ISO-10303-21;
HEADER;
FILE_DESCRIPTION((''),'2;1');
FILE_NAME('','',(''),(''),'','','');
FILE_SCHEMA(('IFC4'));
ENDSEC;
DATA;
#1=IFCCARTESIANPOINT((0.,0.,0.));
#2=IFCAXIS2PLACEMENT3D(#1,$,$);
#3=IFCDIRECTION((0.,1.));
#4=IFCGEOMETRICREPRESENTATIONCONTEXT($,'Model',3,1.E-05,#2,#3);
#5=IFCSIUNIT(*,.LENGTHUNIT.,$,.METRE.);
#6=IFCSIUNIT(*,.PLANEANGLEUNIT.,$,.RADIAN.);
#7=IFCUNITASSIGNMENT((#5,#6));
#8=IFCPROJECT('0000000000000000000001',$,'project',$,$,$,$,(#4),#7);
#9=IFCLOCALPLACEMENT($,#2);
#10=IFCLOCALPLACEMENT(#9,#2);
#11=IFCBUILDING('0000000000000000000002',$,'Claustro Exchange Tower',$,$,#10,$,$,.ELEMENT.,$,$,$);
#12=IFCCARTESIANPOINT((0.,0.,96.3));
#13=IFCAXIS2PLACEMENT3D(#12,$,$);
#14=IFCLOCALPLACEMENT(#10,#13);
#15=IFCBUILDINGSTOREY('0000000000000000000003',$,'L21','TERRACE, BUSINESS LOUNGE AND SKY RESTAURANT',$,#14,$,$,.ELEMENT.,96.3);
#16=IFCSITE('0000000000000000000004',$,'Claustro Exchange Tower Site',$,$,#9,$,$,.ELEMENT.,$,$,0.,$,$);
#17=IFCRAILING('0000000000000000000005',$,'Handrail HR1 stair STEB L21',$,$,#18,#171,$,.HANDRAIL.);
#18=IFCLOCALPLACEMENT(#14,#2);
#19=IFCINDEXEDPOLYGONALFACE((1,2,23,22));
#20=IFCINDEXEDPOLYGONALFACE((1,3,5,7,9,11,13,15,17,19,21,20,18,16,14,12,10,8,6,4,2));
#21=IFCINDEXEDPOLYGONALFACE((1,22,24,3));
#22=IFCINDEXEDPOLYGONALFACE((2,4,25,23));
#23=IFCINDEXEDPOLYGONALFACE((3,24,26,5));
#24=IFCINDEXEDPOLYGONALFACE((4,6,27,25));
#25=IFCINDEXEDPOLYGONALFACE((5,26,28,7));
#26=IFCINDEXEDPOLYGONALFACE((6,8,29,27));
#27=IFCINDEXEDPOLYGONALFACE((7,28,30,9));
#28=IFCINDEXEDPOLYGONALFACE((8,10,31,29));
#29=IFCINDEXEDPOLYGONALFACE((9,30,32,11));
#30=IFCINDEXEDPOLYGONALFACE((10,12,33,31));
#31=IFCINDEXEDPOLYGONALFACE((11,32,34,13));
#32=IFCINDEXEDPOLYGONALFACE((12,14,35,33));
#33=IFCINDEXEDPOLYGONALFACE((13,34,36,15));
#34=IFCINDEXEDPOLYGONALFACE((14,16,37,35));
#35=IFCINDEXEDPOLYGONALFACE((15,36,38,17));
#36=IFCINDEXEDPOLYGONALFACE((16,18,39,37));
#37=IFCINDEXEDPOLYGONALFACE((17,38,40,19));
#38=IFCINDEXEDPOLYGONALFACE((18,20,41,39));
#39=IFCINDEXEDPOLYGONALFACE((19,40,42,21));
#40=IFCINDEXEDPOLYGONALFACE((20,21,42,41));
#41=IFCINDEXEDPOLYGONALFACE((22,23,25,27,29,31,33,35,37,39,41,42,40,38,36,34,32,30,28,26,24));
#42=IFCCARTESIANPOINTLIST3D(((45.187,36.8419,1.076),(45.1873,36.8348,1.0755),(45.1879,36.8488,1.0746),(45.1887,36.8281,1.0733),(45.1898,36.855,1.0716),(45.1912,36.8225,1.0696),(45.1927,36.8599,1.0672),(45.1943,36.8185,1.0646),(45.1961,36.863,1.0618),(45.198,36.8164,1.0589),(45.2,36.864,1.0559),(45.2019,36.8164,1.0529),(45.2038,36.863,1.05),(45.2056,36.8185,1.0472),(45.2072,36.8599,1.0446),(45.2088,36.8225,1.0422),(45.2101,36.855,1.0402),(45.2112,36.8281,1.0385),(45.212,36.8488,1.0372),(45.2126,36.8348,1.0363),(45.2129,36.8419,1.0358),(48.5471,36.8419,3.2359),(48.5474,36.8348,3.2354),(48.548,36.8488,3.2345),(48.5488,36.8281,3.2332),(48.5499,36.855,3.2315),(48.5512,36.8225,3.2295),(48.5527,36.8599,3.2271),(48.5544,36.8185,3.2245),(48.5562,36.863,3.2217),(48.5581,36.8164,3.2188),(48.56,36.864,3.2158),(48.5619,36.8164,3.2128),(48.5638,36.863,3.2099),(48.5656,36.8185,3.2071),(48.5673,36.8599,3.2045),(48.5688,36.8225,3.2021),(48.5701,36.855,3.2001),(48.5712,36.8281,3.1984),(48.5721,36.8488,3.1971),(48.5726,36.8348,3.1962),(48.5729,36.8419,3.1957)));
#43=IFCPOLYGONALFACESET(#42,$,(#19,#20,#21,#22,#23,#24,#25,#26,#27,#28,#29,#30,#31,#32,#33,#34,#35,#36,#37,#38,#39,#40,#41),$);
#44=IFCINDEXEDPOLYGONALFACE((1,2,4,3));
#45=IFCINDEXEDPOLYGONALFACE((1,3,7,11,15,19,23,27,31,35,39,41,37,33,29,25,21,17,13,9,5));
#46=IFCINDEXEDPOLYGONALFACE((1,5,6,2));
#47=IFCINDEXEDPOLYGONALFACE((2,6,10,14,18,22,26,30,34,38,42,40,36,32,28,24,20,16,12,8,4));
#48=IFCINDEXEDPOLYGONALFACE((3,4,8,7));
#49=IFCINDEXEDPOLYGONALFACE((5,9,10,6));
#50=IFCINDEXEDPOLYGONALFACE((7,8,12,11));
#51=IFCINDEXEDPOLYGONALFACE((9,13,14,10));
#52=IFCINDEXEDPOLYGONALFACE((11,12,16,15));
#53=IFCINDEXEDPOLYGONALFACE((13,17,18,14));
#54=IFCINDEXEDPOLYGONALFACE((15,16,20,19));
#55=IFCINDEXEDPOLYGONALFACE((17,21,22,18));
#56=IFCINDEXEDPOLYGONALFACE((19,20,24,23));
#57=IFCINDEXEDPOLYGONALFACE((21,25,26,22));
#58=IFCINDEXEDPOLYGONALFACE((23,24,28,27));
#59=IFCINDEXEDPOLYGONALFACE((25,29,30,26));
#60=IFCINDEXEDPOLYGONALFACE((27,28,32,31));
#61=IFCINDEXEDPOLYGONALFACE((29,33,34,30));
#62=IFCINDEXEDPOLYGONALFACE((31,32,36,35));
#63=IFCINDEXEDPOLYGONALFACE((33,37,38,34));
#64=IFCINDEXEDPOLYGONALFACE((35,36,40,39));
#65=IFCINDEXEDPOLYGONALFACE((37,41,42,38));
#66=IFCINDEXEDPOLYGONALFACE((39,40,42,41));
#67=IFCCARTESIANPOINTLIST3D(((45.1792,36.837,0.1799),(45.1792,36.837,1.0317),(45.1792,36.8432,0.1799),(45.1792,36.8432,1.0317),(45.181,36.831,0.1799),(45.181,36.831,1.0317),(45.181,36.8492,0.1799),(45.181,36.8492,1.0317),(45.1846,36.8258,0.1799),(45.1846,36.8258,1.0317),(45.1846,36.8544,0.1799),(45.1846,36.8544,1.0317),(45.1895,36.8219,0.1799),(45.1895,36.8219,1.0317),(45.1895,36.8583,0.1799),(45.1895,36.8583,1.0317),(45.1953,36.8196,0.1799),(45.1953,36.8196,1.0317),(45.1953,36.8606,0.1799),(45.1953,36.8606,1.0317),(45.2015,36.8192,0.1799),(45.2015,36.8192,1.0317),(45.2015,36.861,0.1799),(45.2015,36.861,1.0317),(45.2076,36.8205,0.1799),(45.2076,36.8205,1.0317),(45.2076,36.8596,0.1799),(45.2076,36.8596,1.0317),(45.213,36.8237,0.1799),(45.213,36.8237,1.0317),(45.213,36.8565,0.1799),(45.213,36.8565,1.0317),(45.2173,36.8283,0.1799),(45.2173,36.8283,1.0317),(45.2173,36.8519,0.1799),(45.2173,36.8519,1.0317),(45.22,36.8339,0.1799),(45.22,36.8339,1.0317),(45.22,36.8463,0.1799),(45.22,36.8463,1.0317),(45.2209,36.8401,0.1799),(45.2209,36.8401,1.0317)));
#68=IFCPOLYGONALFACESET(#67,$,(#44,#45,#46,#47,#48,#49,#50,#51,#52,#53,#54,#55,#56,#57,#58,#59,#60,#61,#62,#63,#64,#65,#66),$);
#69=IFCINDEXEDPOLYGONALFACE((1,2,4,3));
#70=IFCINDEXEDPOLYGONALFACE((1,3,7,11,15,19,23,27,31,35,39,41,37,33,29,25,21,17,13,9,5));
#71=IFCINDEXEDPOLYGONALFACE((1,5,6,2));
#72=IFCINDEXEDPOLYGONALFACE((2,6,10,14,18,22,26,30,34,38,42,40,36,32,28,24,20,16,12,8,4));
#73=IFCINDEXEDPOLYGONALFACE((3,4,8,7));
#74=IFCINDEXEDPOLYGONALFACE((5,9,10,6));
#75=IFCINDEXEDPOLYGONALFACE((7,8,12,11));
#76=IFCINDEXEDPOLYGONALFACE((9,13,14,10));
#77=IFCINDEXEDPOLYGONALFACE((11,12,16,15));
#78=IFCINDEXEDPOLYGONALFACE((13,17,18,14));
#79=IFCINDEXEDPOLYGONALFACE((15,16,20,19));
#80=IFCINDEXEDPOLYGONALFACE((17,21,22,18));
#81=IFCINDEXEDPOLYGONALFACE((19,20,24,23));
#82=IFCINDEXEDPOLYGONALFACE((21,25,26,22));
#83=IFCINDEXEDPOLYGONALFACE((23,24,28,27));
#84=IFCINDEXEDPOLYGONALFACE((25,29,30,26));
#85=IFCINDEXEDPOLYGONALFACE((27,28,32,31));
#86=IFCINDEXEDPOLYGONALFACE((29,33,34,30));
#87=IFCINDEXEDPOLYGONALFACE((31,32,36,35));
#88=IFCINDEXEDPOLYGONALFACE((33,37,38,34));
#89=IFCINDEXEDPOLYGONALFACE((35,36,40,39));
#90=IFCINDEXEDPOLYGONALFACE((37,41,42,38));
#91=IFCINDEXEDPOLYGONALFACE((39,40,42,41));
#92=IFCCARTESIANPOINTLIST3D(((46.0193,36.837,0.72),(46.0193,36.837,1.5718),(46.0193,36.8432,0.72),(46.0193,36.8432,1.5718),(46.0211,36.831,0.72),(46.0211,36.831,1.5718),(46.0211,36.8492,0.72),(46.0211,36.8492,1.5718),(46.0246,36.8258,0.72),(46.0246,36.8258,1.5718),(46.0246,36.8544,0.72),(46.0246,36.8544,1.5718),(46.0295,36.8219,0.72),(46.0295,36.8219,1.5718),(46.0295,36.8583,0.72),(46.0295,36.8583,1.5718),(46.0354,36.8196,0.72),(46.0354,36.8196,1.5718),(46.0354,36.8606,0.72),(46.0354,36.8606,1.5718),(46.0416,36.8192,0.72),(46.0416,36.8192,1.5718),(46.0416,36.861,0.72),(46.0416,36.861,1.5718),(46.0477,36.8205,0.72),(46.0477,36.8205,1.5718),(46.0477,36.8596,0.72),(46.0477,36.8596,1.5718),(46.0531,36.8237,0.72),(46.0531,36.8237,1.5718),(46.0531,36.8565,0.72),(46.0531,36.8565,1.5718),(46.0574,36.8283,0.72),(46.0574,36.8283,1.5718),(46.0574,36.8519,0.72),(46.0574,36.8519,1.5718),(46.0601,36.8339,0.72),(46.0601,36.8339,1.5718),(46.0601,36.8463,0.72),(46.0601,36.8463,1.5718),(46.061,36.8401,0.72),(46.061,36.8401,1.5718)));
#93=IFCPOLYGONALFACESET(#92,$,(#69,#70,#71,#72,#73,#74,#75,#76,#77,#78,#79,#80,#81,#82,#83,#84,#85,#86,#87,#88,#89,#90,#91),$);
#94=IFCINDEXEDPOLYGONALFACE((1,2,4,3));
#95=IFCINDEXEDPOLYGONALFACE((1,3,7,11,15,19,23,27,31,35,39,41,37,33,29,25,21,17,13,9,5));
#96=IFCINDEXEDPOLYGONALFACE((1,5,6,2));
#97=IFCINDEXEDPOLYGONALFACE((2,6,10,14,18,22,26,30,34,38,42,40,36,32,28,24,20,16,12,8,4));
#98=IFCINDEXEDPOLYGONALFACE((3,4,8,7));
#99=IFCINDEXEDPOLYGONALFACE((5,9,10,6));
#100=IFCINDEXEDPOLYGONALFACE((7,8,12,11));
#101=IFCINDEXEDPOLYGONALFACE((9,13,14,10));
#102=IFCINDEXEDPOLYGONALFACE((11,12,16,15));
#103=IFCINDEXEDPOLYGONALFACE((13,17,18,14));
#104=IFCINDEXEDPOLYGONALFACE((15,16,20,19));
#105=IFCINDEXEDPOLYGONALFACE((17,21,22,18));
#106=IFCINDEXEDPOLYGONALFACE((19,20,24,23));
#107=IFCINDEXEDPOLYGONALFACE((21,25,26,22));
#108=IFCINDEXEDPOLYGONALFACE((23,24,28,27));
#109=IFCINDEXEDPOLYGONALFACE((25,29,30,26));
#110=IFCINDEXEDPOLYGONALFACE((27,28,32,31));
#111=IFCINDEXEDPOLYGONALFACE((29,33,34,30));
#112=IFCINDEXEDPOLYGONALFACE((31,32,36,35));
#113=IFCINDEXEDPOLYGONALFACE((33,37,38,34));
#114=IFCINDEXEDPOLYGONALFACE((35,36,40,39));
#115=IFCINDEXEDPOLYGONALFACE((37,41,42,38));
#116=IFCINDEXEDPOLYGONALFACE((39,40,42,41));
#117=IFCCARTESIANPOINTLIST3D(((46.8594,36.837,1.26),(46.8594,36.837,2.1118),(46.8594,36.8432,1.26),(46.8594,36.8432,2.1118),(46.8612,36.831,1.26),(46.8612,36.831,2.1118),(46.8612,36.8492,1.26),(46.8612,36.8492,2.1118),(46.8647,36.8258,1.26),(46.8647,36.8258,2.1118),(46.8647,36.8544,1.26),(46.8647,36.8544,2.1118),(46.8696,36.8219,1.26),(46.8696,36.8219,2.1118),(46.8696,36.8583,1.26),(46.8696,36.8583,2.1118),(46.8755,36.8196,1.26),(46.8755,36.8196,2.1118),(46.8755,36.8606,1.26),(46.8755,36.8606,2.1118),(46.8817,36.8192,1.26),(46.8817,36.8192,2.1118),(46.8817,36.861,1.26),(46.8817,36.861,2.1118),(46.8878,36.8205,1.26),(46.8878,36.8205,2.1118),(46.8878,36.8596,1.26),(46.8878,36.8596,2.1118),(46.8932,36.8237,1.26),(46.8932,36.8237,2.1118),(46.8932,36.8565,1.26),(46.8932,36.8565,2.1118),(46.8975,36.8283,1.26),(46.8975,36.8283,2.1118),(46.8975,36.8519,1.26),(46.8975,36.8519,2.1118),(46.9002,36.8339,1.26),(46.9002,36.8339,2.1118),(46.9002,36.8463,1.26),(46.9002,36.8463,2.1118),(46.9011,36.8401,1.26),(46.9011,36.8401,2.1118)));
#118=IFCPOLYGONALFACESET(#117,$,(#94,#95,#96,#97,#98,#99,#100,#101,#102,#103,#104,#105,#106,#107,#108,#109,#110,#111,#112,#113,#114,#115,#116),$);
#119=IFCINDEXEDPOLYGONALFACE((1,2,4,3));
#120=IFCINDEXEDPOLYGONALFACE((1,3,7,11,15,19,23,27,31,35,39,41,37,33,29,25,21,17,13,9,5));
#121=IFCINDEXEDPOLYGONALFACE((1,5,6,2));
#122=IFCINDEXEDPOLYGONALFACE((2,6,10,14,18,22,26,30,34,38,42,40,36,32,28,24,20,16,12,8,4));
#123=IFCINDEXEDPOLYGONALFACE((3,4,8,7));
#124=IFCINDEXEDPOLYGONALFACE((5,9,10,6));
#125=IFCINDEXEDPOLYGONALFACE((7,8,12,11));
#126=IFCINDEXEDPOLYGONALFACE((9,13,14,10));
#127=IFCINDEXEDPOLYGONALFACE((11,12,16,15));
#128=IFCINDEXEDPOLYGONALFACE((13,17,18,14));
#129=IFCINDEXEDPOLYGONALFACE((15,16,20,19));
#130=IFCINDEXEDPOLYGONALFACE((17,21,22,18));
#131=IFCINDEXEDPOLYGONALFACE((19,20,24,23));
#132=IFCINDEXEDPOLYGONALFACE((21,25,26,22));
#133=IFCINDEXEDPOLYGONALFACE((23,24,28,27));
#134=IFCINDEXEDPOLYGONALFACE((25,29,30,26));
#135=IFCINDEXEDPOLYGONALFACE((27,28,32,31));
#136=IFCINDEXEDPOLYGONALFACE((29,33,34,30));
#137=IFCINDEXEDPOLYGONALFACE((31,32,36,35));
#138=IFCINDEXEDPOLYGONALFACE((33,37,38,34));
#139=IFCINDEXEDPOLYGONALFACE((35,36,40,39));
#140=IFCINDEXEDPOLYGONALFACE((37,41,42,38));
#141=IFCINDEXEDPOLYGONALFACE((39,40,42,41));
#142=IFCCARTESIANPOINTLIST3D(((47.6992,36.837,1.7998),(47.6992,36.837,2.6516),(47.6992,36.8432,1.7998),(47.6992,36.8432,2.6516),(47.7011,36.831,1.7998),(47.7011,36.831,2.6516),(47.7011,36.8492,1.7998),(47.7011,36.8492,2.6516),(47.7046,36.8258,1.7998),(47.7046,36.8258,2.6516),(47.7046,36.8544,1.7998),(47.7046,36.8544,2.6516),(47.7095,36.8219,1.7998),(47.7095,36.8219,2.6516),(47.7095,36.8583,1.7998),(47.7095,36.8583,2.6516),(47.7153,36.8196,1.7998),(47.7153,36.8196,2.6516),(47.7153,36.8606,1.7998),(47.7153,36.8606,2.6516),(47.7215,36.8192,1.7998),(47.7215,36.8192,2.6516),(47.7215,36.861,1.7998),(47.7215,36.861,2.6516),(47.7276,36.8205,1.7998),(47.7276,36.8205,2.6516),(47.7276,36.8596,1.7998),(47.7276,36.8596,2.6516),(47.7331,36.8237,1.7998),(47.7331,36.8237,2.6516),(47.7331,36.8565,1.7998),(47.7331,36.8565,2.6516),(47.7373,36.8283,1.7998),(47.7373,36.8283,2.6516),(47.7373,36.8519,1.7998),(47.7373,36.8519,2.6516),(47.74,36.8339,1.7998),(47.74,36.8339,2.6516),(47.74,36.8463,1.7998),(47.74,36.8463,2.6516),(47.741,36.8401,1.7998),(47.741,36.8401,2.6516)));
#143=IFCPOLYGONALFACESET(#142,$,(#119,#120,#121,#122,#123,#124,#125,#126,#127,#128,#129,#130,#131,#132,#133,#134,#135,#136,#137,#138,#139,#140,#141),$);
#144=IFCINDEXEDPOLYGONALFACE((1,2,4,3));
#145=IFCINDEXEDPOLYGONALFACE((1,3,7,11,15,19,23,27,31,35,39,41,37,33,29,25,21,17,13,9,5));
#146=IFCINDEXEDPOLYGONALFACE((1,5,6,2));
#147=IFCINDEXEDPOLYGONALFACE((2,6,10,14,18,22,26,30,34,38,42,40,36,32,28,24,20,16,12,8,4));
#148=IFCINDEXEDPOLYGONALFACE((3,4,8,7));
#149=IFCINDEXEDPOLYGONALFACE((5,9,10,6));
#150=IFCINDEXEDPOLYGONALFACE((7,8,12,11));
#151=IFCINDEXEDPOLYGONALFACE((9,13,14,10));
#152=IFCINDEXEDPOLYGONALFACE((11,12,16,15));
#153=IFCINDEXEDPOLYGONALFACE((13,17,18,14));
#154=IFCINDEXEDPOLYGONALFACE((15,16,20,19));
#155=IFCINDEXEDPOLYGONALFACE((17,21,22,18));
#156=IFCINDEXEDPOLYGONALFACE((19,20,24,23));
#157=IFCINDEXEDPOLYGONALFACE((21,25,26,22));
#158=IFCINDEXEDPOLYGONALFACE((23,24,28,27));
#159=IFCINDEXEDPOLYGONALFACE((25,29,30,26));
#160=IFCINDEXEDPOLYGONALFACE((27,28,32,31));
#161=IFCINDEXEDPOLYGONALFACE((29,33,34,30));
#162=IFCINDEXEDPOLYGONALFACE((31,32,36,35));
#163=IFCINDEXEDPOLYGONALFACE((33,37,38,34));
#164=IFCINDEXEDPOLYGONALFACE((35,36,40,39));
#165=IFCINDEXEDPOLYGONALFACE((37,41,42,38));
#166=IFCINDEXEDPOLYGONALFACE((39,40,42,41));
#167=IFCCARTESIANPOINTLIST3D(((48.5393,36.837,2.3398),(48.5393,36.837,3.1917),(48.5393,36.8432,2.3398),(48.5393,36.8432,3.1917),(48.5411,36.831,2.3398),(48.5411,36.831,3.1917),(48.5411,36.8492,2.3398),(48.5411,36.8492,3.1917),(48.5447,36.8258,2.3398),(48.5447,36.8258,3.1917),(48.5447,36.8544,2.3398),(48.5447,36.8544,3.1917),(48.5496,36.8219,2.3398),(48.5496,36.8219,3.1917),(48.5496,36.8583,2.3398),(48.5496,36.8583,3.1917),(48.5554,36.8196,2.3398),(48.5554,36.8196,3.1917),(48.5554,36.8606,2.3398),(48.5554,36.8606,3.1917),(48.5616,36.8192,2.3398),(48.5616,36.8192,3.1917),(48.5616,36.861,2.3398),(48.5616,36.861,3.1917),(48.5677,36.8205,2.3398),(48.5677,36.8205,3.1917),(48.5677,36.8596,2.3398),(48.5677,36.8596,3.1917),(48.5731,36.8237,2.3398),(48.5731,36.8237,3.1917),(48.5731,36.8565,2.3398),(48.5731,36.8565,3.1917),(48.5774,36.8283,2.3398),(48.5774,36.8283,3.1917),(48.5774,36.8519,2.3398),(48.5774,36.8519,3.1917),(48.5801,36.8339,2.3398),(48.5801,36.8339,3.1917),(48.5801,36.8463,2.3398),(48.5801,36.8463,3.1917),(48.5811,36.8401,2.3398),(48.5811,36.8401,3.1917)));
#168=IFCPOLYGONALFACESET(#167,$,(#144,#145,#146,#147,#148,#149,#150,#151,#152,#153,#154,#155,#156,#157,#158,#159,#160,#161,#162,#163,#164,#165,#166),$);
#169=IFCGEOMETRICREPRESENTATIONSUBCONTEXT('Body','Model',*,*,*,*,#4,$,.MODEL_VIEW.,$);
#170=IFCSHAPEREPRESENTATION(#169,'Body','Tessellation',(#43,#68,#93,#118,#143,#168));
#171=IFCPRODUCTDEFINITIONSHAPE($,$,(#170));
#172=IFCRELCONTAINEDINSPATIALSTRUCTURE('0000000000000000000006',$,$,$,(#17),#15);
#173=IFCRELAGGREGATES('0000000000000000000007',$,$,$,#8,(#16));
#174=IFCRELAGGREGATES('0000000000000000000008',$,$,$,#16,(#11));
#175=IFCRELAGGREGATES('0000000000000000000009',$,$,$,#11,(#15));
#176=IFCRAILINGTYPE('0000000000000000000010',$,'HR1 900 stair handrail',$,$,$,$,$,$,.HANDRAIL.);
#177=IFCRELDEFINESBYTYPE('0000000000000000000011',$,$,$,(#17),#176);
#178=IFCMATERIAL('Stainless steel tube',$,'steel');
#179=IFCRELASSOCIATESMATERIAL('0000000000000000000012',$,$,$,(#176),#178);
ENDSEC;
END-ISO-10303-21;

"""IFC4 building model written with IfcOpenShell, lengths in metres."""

from ifc_helpers import new_model, si_unit, direction, frame, origin, origin_2d, place, context, subcontext, project, spatial, circle, extrude, material, type_object, element, save


model = new_model("IFC4")

# Units and contexts
model_context = context("Model", 3, precision=1e-05, world=origin(), true_north=direction((0.0, 1.0)))
body_context = subcontext(model_context, "Body", "Model", "MODEL_VIEW")
ifc_project = project(units=[si_unit("LENGTHUNIT", "METRE"), si_unit("PLANEANGLEUNIT", "RADIAN")], contexts=[model_context])

# Site, building, storey
site_placement = place(None, origin())
site = spatial("IfcSite", under=ifc_project, at=site_placement, Name="Claustro Exchange Tower Site", CompositionType="ELEMENT", RefElevation=0.0)
building_placement = place(site_placement, origin())
building = spatial("IfcBuilding", under=site, at=building_placement, Name="Claustro Exchange Tower", CompositionType="ELEMENT")
storey_placement = place(building_placement, frame((0.0, 0.0, 96.3)))
storey = spatial("IfcBuildingStorey", under=building, at=storey_placement, Name="L21", Description="TERRACE, BUSINESS LOUNGE AND SKY RESTAURANT", CompositionType="ELEMENT", Elevation=96.3)

# Railing
ifc_material_1 = material(Name="Stainless steel tube", Category="steel")
railing_type_1 = type_object("IfcRailingType", Name="HR1 900 stair handrail", PredefinedType="HANDRAIL", material=ifc_material_1)
railing_1_placement = place(storey_placement, frame((45.2, 36.8401, 0.1799)))
element("IfcRailing", 1, at=railing_1_placement, inside=storey, type_object=railing_type_1, Name="Handrail HR1 stair STEB L21", PredefinedType="HANDRAIL", context=body_context, shape_type="SweptSolid", body=[
    extrude(circle(Radius=0.0239, at=origin_2d()), frame((0.0, 0.0, 0.876), z_axis=(0.841196, 0.0, 0.54073), x_axis=(0.0, 1.0, 0.0)), (0.0, 0.0, 1.0), 3.9944),
    extrude(circle(Radius=0.021, at=origin_2d()), origin(), (0.0, 0.0, 1.0), 0.8518),
    extrude(circle(Radius=0.021, at=origin_2d()), frame((0.8401, 0.0, 0.54)), (0.0, 0.0, 1.0), 0.8518),
    extrude(circle(Radius=0.021, at=origin_2d()), frame((1.6802, 0.0, 1.0801)), (0.0, 0.0, 1.0), 0.8518),
    extrude(circle(Radius=0.021, at=origin_2d()), frame((2.52, 0.0, 1.6199)), (0.0, 0.0, 1.0), 0.8518),
    extrude(circle(Radius=0.021, at=origin_2d()), frame((3.3601, 0.0, 2.1599)), (0.0, 0.0, 1.0), 0.8518),
])

save(model, "model.ifc")
